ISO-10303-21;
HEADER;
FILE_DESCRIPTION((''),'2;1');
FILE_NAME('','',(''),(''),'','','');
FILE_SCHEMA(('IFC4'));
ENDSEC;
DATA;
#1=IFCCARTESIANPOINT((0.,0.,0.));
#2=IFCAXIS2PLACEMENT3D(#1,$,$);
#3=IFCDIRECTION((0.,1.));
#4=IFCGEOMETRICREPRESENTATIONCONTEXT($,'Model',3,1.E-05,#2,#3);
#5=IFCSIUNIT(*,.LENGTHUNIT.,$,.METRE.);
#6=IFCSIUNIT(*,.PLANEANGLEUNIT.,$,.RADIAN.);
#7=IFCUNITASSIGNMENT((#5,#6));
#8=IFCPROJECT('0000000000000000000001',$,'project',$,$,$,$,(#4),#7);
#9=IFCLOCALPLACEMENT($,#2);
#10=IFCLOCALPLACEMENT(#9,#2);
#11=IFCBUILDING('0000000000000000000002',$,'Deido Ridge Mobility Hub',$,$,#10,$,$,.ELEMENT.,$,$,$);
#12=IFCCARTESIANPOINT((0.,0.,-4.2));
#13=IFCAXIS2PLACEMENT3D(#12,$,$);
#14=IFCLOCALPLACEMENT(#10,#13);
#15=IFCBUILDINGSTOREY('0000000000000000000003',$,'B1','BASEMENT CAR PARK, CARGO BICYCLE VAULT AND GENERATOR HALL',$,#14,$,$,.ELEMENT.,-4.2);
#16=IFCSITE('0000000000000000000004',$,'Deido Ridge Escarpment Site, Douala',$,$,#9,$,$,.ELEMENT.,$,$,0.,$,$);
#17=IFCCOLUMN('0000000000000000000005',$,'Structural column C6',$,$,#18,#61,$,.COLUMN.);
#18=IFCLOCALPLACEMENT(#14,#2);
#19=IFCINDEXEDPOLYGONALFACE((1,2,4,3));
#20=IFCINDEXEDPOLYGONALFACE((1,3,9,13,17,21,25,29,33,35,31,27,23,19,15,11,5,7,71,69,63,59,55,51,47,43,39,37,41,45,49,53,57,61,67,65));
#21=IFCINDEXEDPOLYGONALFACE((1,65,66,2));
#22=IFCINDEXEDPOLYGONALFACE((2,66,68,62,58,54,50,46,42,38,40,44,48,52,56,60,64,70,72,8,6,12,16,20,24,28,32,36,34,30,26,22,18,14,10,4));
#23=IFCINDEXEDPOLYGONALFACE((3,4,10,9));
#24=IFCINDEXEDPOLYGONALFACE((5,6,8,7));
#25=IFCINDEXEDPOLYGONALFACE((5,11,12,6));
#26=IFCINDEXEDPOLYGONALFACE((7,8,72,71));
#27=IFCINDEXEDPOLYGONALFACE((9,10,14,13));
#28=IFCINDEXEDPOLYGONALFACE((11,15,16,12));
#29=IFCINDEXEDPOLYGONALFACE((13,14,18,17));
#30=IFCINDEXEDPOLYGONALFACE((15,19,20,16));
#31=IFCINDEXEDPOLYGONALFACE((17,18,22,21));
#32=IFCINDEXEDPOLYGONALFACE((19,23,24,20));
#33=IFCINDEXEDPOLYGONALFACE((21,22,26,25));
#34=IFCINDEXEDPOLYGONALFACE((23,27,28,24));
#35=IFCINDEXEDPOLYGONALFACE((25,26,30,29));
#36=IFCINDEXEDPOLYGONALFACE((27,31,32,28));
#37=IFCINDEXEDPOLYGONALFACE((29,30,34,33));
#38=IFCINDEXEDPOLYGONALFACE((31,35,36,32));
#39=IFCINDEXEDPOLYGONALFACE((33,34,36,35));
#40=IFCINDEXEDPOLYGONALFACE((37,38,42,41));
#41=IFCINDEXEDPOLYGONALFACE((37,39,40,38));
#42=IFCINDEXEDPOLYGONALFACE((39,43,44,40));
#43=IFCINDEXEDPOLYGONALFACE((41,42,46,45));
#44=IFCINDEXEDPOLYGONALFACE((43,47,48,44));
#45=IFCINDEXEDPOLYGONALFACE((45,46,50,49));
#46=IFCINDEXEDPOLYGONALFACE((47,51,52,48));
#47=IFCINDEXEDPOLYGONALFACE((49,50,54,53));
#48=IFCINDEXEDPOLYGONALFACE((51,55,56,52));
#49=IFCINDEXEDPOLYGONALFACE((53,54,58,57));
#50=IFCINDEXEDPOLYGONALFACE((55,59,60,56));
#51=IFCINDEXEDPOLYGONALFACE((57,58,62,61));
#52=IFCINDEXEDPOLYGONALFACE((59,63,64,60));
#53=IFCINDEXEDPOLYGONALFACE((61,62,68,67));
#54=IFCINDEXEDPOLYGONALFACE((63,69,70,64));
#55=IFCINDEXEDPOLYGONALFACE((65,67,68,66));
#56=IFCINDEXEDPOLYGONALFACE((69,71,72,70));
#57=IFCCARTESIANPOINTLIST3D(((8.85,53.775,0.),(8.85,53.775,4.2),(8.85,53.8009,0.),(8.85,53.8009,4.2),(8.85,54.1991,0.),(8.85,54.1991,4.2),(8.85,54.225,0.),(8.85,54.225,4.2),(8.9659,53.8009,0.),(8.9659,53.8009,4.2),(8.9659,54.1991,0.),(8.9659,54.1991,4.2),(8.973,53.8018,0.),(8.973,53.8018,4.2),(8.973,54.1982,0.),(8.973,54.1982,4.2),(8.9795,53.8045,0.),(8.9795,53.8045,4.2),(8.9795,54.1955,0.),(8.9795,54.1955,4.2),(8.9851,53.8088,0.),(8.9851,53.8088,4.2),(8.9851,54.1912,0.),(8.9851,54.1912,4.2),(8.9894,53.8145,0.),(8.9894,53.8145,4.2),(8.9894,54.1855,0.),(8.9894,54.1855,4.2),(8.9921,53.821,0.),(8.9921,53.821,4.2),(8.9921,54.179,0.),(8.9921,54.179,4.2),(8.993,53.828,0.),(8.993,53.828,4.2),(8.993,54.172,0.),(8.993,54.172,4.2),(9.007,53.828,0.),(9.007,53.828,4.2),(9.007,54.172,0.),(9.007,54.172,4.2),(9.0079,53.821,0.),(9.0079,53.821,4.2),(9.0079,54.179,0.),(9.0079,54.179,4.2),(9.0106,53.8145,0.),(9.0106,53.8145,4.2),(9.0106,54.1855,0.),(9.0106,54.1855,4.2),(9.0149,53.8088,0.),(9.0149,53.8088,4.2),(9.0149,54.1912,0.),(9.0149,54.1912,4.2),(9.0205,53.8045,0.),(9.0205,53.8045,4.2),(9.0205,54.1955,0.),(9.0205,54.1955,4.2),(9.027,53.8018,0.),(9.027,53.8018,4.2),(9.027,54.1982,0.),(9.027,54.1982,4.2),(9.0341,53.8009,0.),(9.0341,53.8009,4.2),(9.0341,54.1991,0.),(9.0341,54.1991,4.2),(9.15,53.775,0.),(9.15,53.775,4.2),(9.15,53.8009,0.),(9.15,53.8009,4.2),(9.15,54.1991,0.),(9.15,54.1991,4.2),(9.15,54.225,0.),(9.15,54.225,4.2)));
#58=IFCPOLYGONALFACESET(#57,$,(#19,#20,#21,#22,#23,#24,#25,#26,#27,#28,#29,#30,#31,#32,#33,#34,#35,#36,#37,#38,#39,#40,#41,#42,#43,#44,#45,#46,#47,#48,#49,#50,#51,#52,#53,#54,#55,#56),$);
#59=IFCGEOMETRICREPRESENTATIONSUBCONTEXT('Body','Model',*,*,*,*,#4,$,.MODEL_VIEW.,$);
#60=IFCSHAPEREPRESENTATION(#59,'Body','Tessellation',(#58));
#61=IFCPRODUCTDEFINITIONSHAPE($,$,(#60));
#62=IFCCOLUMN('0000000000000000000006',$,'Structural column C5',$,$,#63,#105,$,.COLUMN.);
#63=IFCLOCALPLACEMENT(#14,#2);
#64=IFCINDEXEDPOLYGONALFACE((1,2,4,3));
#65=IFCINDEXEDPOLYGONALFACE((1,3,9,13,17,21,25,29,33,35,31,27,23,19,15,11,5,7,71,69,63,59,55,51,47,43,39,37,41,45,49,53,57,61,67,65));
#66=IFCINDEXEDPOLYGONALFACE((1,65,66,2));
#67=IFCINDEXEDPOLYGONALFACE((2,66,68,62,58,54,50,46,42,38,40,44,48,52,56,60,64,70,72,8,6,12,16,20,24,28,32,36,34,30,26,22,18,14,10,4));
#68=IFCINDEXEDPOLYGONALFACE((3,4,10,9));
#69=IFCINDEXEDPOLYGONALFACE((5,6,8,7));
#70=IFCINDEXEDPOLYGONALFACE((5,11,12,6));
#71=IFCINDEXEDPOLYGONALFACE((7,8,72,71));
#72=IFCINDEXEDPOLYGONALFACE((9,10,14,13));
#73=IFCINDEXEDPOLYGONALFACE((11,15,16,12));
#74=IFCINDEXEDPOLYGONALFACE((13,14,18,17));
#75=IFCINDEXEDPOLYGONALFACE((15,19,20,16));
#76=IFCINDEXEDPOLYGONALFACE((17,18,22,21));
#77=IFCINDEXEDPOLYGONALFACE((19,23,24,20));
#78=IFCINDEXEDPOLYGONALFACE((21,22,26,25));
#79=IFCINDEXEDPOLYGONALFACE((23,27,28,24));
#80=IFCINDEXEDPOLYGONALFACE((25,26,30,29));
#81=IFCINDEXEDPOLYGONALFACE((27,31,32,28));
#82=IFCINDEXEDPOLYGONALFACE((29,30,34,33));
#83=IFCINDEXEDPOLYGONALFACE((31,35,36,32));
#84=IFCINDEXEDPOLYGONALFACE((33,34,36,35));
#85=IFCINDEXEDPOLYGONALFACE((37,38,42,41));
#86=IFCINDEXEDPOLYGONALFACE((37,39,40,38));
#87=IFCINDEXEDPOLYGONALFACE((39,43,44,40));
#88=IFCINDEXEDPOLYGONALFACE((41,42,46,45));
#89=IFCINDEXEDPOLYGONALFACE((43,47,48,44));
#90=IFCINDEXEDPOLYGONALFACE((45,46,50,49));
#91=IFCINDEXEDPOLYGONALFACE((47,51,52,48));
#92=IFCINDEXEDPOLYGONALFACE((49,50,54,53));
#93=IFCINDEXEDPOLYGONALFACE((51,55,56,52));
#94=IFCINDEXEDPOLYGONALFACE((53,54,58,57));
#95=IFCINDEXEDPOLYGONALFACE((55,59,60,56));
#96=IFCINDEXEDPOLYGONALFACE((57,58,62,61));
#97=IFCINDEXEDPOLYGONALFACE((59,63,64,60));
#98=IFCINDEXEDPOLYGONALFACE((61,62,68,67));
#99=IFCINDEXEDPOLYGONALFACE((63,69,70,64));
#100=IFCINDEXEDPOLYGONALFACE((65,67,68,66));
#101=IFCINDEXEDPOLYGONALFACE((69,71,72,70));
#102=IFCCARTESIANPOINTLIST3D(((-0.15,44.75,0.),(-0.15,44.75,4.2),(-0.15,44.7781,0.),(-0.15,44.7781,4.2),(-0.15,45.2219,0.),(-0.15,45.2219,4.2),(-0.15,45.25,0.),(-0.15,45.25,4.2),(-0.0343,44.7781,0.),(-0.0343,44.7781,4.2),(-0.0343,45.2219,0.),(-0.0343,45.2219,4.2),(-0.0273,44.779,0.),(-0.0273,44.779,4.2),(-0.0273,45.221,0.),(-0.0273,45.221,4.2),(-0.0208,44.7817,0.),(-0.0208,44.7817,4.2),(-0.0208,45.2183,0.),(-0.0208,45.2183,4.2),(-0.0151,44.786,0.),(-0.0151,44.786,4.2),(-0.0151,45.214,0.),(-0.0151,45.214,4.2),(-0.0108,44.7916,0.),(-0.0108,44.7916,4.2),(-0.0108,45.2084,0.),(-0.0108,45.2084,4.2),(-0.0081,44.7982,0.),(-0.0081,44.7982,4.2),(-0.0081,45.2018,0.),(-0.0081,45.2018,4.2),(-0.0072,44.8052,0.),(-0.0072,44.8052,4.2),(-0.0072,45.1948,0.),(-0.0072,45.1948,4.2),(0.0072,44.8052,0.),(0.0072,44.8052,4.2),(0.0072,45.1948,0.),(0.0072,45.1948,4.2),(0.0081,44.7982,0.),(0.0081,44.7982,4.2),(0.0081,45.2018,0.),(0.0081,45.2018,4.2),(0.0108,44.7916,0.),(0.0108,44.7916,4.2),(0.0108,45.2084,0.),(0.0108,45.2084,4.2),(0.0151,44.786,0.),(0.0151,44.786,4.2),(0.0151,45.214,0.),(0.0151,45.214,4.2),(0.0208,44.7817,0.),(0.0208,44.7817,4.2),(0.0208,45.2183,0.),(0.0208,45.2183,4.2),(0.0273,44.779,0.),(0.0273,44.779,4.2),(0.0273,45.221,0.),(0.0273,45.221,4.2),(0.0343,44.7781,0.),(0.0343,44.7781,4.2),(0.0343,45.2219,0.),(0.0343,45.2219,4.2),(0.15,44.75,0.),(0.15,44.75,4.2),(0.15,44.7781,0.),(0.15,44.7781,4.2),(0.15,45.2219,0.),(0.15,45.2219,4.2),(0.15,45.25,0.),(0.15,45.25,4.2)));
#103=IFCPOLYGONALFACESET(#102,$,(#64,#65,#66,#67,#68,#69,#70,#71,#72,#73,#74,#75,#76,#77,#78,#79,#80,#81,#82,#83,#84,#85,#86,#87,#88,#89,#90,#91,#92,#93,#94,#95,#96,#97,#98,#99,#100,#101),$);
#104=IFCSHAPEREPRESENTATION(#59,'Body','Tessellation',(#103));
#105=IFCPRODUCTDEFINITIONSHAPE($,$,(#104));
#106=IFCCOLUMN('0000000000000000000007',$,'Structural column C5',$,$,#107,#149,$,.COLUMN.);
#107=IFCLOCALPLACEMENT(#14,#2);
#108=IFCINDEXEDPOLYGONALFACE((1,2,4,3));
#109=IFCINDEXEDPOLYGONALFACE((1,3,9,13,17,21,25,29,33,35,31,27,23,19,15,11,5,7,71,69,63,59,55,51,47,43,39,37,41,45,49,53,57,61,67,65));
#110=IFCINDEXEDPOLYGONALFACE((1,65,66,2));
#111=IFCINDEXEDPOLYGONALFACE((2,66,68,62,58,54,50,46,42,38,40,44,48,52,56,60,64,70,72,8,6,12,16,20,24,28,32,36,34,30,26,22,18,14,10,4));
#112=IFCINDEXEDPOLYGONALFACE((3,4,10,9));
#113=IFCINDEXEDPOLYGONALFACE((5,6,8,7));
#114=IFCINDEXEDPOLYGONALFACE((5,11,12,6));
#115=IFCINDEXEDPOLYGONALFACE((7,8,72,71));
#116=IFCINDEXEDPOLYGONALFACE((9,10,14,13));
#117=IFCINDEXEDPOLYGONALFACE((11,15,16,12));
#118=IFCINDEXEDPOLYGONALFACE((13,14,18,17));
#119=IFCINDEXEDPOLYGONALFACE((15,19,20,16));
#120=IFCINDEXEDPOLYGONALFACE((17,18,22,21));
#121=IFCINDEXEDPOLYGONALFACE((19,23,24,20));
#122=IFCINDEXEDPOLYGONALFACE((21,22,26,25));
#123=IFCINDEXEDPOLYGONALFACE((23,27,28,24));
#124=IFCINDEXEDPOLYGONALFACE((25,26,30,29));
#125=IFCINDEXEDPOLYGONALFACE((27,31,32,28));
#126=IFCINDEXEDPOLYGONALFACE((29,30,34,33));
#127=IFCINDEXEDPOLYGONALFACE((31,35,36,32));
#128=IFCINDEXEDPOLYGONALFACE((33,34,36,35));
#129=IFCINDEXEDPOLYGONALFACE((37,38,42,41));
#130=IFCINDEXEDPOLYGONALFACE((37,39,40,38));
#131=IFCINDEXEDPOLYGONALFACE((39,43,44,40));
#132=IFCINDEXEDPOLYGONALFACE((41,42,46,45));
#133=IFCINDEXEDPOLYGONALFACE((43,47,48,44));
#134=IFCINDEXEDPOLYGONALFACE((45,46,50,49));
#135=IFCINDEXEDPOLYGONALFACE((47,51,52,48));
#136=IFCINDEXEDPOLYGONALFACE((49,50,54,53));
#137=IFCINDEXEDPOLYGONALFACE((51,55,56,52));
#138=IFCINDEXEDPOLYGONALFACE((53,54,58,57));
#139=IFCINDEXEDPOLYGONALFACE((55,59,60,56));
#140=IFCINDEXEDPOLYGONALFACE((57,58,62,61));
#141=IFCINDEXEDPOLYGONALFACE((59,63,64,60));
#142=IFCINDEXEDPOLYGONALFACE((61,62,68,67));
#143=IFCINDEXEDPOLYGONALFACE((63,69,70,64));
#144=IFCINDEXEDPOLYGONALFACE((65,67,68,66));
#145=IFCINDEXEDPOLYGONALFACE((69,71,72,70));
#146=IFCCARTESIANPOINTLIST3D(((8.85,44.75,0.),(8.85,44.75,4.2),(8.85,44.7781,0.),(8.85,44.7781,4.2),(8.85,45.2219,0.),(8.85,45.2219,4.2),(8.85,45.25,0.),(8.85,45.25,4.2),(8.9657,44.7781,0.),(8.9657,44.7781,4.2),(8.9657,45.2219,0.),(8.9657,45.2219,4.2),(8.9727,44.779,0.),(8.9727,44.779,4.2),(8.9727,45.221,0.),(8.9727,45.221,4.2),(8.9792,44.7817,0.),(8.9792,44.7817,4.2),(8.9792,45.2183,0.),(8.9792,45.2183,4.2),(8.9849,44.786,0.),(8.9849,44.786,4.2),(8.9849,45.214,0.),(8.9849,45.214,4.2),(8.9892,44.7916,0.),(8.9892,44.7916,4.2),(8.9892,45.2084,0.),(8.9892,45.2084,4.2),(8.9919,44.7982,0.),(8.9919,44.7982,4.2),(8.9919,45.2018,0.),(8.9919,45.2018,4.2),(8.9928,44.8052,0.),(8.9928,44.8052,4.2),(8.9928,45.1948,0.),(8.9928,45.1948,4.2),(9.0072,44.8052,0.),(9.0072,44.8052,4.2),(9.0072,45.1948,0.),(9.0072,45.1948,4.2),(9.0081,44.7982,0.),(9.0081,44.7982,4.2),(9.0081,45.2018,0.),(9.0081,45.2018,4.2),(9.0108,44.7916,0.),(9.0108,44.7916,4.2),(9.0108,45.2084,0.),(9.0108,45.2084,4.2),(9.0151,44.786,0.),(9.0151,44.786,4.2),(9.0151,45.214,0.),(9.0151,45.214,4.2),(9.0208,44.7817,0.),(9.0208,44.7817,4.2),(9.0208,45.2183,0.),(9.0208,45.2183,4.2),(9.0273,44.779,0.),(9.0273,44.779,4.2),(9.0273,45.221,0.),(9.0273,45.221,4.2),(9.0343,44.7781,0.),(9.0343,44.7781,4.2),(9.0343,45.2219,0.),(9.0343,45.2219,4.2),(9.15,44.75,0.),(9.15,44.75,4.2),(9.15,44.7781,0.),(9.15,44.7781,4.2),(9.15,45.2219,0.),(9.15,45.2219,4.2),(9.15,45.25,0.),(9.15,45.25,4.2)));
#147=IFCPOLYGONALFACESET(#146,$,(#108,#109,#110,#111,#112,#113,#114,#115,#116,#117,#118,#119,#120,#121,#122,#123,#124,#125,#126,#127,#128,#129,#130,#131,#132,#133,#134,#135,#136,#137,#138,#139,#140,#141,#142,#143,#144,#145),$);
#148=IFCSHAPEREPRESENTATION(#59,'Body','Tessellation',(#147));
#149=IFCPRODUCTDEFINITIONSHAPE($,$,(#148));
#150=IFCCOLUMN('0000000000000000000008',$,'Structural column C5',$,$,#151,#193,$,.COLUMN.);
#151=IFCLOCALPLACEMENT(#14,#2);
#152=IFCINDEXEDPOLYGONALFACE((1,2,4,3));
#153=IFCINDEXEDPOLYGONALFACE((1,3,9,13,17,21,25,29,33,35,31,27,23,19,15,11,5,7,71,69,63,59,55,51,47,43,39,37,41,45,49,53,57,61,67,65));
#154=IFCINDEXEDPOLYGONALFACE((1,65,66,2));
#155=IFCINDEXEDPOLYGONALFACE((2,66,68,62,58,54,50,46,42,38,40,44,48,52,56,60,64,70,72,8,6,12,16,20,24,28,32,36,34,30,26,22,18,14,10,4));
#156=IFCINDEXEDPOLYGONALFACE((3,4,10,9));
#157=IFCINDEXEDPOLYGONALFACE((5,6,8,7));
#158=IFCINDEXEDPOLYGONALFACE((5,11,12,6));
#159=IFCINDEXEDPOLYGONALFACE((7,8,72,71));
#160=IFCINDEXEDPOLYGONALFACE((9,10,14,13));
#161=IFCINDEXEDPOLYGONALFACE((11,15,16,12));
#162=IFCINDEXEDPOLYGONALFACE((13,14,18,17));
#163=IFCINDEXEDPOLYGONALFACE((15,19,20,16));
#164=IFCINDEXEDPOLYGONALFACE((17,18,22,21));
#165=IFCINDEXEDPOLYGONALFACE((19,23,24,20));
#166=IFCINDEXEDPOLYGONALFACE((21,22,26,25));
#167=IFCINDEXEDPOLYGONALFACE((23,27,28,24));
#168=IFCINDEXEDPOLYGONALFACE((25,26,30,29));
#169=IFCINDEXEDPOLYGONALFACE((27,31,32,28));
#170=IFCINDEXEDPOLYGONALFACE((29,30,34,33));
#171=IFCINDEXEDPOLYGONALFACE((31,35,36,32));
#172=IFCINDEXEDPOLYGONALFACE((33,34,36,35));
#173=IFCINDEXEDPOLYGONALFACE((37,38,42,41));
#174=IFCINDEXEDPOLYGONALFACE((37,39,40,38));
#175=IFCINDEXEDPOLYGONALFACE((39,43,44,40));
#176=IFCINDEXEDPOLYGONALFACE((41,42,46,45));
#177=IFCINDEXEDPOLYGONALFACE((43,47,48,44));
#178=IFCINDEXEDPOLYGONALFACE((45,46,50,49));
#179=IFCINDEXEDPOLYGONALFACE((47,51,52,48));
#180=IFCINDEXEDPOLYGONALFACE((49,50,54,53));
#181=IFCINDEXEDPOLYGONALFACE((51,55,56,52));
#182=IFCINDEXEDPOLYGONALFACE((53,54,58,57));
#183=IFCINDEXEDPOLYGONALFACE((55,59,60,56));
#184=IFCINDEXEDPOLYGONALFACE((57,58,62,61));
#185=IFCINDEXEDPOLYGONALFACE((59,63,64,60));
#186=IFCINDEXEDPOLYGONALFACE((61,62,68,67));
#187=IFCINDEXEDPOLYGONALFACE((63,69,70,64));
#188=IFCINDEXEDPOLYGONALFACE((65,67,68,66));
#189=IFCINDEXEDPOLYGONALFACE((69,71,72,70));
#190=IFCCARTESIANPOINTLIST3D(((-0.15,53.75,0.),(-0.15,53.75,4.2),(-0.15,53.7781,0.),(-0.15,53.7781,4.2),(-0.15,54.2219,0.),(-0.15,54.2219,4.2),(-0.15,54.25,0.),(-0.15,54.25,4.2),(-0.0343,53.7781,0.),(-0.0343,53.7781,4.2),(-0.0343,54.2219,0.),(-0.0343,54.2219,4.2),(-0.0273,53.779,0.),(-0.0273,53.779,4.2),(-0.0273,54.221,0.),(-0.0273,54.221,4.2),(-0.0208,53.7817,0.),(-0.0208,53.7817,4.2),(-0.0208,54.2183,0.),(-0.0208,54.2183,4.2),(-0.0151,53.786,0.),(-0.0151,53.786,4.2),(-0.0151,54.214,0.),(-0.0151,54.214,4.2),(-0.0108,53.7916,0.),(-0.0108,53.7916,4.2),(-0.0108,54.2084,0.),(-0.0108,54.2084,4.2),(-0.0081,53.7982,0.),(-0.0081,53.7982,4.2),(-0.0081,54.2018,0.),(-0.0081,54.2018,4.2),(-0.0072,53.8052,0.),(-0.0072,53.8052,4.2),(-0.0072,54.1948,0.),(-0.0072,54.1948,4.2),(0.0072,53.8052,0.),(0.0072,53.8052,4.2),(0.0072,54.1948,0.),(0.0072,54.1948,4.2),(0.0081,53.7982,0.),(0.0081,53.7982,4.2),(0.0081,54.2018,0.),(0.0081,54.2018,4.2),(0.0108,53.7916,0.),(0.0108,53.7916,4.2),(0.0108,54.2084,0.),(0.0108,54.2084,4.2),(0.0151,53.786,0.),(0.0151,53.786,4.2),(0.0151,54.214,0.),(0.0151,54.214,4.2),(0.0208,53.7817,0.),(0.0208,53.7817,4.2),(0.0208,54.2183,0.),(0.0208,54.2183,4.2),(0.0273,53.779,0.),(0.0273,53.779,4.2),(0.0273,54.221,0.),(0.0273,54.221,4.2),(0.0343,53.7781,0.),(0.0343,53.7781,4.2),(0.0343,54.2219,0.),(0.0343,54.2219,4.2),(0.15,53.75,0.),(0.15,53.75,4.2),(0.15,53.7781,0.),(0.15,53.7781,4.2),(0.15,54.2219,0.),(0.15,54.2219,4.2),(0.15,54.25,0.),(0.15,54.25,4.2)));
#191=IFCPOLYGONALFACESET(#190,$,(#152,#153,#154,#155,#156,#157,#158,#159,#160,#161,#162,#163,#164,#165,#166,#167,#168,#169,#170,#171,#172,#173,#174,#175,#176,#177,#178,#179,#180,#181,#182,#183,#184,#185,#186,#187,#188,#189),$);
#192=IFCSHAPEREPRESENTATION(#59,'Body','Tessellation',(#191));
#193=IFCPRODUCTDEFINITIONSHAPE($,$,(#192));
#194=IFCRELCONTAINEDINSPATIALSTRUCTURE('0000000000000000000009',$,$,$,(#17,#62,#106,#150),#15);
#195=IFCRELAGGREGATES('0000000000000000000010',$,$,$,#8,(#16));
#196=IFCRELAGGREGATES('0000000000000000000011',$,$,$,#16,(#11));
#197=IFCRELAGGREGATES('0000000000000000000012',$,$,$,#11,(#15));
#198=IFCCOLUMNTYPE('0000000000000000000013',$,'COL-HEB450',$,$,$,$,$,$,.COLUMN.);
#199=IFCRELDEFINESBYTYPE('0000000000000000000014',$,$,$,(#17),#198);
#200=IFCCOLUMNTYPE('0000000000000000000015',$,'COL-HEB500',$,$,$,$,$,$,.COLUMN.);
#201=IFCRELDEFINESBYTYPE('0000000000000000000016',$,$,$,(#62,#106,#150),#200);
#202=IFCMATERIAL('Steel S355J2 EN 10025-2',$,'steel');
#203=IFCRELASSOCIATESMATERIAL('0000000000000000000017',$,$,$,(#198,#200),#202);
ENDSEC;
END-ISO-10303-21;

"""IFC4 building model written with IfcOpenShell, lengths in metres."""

from ifc_helpers import new_model, si_unit, direction, frame, origin, origin_2d, place, context, subcontext, project, spatial, i_section, extrude, material, material_profile, profile_set, type_object, element, save


model = new_model("IFC4")

# Units and contexts
model_context = context("Model", 3, precision=1e-05, world=origin(), true_north=direction((0.0, 1.0)))
body_context = subcontext(model_context, "Body", "Model", "MODEL_VIEW")
ifc_project = project(units=[si_unit("LENGTHUNIT", "METRE"), si_unit("PLANEANGLEUNIT", "RADIAN")], contexts=[model_context])

# Site, building, storey
site_placement = place(None, origin())
site = spatial("IfcSite", under=ifc_project, at=site_placement, Name="Deido Ridge Escarpment Site, Douala", CompositionType="ELEMENT", RefElevation=0.0)
building_placement = place(site_placement, origin())
building = spatial("IfcBuilding", under=site, at=building_placement, Name="Deido Ridge Mobility Hub", CompositionType="ELEMENT")
storey_placement = place(building_placement, frame((0.0, 0.0, -4.2)))
storey = spatial("IfcBuildingStorey", under=building, at=storey_placement, Name="B1", Description="BASEMENT CAR PARK, CARGO BICYCLE VAULT AND GENERATOR HALL", CompositionType="ELEMENT", Elevation=-4.2)

# Columns
ifc_material_1 = material(Name="Steel S355J2 EN 10025-2", Category="steel")
ifc_material_profile_1 = material_profile(ifc_material_1, i_section(OverallWidth=0.3, OverallDepth=0.45, WebThickness=0.0139, FlangeThickness=0.0259, FilletRadius=0.0271, at=origin_2d()), Name="HEB 450")
ifc_profile_set_1 = profile_set([ifc_material_profile_1], Name="Steel S355J2 EN 10025-2")
column_type_1 = type_object("IfcColumnType", Name="COL-HEB450", PredefinedType="COLUMN", material=ifc_profile_set_1)
column_placement = place(storey_placement, frame((9.0, 54.0, 0.0), z_axis=(0.0, 0.0, 1.0), x_axis=(1.0, 0.0, 0.0)))
element("IfcColumn", 1, at=column_placement, inside=storey, type_object=column_type_1, Name="Structural column C6", PredefinedType="COLUMN", context=body_context, shape_type="SweptSolid", body=[
    extrude(i_section(OverallWidth=0.3, OverallDepth=0.45, WebThickness=0.0139, FlangeThickness=0.0259, FilletRadius=0.0271, at=origin_2d()), origin(), (0.0, 0.0, 1.0), 4.2),
])
ifc_material_profile_2 = material_profile(ifc_material_1, i_section(OverallWidth=0.3, OverallDepth=0.5, WebThickness=0.0144, FlangeThickness=0.0281, FilletRadius=0.0271, at=origin_2d()), Name="HEB 500")
ifc_profile_set_2 = profile_set([ifc_material_profile_2], Name="Steel S355J2 EN 10025-2")
column_type_2 = type_object("IfcColumnType", Name="COL-HEB500", PredefinedType="COLUMN", material=ifc_profile_set_2)
for number, where, z_axis, x_axis, name in (
    (2, (0.0, 45.0, 0.0), (0.0, 0.0, 1.0), (1.0, 0.0, 0.0), "Structural column C5"),
    (3, (9.0, 45.0, 0.0), (0.0, 0.0, 1.0), (1.0, 0.0, 0.0), "Structural column C5"),
    (4, (0.0, 54.0, 0.0), (0.0, 0.0, 1.0), (1.0, 0.0, 0.0), "Structural column C5"),
):
    element("IfcColumn", number, at=place(storey_placement, frame(where, z_axis=z_axis, x_axis=x_axis)), inside=storey, type_object=column_type_2, Name=name, PredefinedType="COLUMN", context=body_context, shape_type="SweptSolid", body=[
        extrude(i_section(OverallWidth=0.3, OverallDepth=0.5, WebThickness=0.0144, FlangeThickness=0.0281, FilletRadius=0.0271, at=origin_2d()), origin(), (0.0, 0.0, 1.0), 4.2),
    ])

save(model, "model.ifc")
